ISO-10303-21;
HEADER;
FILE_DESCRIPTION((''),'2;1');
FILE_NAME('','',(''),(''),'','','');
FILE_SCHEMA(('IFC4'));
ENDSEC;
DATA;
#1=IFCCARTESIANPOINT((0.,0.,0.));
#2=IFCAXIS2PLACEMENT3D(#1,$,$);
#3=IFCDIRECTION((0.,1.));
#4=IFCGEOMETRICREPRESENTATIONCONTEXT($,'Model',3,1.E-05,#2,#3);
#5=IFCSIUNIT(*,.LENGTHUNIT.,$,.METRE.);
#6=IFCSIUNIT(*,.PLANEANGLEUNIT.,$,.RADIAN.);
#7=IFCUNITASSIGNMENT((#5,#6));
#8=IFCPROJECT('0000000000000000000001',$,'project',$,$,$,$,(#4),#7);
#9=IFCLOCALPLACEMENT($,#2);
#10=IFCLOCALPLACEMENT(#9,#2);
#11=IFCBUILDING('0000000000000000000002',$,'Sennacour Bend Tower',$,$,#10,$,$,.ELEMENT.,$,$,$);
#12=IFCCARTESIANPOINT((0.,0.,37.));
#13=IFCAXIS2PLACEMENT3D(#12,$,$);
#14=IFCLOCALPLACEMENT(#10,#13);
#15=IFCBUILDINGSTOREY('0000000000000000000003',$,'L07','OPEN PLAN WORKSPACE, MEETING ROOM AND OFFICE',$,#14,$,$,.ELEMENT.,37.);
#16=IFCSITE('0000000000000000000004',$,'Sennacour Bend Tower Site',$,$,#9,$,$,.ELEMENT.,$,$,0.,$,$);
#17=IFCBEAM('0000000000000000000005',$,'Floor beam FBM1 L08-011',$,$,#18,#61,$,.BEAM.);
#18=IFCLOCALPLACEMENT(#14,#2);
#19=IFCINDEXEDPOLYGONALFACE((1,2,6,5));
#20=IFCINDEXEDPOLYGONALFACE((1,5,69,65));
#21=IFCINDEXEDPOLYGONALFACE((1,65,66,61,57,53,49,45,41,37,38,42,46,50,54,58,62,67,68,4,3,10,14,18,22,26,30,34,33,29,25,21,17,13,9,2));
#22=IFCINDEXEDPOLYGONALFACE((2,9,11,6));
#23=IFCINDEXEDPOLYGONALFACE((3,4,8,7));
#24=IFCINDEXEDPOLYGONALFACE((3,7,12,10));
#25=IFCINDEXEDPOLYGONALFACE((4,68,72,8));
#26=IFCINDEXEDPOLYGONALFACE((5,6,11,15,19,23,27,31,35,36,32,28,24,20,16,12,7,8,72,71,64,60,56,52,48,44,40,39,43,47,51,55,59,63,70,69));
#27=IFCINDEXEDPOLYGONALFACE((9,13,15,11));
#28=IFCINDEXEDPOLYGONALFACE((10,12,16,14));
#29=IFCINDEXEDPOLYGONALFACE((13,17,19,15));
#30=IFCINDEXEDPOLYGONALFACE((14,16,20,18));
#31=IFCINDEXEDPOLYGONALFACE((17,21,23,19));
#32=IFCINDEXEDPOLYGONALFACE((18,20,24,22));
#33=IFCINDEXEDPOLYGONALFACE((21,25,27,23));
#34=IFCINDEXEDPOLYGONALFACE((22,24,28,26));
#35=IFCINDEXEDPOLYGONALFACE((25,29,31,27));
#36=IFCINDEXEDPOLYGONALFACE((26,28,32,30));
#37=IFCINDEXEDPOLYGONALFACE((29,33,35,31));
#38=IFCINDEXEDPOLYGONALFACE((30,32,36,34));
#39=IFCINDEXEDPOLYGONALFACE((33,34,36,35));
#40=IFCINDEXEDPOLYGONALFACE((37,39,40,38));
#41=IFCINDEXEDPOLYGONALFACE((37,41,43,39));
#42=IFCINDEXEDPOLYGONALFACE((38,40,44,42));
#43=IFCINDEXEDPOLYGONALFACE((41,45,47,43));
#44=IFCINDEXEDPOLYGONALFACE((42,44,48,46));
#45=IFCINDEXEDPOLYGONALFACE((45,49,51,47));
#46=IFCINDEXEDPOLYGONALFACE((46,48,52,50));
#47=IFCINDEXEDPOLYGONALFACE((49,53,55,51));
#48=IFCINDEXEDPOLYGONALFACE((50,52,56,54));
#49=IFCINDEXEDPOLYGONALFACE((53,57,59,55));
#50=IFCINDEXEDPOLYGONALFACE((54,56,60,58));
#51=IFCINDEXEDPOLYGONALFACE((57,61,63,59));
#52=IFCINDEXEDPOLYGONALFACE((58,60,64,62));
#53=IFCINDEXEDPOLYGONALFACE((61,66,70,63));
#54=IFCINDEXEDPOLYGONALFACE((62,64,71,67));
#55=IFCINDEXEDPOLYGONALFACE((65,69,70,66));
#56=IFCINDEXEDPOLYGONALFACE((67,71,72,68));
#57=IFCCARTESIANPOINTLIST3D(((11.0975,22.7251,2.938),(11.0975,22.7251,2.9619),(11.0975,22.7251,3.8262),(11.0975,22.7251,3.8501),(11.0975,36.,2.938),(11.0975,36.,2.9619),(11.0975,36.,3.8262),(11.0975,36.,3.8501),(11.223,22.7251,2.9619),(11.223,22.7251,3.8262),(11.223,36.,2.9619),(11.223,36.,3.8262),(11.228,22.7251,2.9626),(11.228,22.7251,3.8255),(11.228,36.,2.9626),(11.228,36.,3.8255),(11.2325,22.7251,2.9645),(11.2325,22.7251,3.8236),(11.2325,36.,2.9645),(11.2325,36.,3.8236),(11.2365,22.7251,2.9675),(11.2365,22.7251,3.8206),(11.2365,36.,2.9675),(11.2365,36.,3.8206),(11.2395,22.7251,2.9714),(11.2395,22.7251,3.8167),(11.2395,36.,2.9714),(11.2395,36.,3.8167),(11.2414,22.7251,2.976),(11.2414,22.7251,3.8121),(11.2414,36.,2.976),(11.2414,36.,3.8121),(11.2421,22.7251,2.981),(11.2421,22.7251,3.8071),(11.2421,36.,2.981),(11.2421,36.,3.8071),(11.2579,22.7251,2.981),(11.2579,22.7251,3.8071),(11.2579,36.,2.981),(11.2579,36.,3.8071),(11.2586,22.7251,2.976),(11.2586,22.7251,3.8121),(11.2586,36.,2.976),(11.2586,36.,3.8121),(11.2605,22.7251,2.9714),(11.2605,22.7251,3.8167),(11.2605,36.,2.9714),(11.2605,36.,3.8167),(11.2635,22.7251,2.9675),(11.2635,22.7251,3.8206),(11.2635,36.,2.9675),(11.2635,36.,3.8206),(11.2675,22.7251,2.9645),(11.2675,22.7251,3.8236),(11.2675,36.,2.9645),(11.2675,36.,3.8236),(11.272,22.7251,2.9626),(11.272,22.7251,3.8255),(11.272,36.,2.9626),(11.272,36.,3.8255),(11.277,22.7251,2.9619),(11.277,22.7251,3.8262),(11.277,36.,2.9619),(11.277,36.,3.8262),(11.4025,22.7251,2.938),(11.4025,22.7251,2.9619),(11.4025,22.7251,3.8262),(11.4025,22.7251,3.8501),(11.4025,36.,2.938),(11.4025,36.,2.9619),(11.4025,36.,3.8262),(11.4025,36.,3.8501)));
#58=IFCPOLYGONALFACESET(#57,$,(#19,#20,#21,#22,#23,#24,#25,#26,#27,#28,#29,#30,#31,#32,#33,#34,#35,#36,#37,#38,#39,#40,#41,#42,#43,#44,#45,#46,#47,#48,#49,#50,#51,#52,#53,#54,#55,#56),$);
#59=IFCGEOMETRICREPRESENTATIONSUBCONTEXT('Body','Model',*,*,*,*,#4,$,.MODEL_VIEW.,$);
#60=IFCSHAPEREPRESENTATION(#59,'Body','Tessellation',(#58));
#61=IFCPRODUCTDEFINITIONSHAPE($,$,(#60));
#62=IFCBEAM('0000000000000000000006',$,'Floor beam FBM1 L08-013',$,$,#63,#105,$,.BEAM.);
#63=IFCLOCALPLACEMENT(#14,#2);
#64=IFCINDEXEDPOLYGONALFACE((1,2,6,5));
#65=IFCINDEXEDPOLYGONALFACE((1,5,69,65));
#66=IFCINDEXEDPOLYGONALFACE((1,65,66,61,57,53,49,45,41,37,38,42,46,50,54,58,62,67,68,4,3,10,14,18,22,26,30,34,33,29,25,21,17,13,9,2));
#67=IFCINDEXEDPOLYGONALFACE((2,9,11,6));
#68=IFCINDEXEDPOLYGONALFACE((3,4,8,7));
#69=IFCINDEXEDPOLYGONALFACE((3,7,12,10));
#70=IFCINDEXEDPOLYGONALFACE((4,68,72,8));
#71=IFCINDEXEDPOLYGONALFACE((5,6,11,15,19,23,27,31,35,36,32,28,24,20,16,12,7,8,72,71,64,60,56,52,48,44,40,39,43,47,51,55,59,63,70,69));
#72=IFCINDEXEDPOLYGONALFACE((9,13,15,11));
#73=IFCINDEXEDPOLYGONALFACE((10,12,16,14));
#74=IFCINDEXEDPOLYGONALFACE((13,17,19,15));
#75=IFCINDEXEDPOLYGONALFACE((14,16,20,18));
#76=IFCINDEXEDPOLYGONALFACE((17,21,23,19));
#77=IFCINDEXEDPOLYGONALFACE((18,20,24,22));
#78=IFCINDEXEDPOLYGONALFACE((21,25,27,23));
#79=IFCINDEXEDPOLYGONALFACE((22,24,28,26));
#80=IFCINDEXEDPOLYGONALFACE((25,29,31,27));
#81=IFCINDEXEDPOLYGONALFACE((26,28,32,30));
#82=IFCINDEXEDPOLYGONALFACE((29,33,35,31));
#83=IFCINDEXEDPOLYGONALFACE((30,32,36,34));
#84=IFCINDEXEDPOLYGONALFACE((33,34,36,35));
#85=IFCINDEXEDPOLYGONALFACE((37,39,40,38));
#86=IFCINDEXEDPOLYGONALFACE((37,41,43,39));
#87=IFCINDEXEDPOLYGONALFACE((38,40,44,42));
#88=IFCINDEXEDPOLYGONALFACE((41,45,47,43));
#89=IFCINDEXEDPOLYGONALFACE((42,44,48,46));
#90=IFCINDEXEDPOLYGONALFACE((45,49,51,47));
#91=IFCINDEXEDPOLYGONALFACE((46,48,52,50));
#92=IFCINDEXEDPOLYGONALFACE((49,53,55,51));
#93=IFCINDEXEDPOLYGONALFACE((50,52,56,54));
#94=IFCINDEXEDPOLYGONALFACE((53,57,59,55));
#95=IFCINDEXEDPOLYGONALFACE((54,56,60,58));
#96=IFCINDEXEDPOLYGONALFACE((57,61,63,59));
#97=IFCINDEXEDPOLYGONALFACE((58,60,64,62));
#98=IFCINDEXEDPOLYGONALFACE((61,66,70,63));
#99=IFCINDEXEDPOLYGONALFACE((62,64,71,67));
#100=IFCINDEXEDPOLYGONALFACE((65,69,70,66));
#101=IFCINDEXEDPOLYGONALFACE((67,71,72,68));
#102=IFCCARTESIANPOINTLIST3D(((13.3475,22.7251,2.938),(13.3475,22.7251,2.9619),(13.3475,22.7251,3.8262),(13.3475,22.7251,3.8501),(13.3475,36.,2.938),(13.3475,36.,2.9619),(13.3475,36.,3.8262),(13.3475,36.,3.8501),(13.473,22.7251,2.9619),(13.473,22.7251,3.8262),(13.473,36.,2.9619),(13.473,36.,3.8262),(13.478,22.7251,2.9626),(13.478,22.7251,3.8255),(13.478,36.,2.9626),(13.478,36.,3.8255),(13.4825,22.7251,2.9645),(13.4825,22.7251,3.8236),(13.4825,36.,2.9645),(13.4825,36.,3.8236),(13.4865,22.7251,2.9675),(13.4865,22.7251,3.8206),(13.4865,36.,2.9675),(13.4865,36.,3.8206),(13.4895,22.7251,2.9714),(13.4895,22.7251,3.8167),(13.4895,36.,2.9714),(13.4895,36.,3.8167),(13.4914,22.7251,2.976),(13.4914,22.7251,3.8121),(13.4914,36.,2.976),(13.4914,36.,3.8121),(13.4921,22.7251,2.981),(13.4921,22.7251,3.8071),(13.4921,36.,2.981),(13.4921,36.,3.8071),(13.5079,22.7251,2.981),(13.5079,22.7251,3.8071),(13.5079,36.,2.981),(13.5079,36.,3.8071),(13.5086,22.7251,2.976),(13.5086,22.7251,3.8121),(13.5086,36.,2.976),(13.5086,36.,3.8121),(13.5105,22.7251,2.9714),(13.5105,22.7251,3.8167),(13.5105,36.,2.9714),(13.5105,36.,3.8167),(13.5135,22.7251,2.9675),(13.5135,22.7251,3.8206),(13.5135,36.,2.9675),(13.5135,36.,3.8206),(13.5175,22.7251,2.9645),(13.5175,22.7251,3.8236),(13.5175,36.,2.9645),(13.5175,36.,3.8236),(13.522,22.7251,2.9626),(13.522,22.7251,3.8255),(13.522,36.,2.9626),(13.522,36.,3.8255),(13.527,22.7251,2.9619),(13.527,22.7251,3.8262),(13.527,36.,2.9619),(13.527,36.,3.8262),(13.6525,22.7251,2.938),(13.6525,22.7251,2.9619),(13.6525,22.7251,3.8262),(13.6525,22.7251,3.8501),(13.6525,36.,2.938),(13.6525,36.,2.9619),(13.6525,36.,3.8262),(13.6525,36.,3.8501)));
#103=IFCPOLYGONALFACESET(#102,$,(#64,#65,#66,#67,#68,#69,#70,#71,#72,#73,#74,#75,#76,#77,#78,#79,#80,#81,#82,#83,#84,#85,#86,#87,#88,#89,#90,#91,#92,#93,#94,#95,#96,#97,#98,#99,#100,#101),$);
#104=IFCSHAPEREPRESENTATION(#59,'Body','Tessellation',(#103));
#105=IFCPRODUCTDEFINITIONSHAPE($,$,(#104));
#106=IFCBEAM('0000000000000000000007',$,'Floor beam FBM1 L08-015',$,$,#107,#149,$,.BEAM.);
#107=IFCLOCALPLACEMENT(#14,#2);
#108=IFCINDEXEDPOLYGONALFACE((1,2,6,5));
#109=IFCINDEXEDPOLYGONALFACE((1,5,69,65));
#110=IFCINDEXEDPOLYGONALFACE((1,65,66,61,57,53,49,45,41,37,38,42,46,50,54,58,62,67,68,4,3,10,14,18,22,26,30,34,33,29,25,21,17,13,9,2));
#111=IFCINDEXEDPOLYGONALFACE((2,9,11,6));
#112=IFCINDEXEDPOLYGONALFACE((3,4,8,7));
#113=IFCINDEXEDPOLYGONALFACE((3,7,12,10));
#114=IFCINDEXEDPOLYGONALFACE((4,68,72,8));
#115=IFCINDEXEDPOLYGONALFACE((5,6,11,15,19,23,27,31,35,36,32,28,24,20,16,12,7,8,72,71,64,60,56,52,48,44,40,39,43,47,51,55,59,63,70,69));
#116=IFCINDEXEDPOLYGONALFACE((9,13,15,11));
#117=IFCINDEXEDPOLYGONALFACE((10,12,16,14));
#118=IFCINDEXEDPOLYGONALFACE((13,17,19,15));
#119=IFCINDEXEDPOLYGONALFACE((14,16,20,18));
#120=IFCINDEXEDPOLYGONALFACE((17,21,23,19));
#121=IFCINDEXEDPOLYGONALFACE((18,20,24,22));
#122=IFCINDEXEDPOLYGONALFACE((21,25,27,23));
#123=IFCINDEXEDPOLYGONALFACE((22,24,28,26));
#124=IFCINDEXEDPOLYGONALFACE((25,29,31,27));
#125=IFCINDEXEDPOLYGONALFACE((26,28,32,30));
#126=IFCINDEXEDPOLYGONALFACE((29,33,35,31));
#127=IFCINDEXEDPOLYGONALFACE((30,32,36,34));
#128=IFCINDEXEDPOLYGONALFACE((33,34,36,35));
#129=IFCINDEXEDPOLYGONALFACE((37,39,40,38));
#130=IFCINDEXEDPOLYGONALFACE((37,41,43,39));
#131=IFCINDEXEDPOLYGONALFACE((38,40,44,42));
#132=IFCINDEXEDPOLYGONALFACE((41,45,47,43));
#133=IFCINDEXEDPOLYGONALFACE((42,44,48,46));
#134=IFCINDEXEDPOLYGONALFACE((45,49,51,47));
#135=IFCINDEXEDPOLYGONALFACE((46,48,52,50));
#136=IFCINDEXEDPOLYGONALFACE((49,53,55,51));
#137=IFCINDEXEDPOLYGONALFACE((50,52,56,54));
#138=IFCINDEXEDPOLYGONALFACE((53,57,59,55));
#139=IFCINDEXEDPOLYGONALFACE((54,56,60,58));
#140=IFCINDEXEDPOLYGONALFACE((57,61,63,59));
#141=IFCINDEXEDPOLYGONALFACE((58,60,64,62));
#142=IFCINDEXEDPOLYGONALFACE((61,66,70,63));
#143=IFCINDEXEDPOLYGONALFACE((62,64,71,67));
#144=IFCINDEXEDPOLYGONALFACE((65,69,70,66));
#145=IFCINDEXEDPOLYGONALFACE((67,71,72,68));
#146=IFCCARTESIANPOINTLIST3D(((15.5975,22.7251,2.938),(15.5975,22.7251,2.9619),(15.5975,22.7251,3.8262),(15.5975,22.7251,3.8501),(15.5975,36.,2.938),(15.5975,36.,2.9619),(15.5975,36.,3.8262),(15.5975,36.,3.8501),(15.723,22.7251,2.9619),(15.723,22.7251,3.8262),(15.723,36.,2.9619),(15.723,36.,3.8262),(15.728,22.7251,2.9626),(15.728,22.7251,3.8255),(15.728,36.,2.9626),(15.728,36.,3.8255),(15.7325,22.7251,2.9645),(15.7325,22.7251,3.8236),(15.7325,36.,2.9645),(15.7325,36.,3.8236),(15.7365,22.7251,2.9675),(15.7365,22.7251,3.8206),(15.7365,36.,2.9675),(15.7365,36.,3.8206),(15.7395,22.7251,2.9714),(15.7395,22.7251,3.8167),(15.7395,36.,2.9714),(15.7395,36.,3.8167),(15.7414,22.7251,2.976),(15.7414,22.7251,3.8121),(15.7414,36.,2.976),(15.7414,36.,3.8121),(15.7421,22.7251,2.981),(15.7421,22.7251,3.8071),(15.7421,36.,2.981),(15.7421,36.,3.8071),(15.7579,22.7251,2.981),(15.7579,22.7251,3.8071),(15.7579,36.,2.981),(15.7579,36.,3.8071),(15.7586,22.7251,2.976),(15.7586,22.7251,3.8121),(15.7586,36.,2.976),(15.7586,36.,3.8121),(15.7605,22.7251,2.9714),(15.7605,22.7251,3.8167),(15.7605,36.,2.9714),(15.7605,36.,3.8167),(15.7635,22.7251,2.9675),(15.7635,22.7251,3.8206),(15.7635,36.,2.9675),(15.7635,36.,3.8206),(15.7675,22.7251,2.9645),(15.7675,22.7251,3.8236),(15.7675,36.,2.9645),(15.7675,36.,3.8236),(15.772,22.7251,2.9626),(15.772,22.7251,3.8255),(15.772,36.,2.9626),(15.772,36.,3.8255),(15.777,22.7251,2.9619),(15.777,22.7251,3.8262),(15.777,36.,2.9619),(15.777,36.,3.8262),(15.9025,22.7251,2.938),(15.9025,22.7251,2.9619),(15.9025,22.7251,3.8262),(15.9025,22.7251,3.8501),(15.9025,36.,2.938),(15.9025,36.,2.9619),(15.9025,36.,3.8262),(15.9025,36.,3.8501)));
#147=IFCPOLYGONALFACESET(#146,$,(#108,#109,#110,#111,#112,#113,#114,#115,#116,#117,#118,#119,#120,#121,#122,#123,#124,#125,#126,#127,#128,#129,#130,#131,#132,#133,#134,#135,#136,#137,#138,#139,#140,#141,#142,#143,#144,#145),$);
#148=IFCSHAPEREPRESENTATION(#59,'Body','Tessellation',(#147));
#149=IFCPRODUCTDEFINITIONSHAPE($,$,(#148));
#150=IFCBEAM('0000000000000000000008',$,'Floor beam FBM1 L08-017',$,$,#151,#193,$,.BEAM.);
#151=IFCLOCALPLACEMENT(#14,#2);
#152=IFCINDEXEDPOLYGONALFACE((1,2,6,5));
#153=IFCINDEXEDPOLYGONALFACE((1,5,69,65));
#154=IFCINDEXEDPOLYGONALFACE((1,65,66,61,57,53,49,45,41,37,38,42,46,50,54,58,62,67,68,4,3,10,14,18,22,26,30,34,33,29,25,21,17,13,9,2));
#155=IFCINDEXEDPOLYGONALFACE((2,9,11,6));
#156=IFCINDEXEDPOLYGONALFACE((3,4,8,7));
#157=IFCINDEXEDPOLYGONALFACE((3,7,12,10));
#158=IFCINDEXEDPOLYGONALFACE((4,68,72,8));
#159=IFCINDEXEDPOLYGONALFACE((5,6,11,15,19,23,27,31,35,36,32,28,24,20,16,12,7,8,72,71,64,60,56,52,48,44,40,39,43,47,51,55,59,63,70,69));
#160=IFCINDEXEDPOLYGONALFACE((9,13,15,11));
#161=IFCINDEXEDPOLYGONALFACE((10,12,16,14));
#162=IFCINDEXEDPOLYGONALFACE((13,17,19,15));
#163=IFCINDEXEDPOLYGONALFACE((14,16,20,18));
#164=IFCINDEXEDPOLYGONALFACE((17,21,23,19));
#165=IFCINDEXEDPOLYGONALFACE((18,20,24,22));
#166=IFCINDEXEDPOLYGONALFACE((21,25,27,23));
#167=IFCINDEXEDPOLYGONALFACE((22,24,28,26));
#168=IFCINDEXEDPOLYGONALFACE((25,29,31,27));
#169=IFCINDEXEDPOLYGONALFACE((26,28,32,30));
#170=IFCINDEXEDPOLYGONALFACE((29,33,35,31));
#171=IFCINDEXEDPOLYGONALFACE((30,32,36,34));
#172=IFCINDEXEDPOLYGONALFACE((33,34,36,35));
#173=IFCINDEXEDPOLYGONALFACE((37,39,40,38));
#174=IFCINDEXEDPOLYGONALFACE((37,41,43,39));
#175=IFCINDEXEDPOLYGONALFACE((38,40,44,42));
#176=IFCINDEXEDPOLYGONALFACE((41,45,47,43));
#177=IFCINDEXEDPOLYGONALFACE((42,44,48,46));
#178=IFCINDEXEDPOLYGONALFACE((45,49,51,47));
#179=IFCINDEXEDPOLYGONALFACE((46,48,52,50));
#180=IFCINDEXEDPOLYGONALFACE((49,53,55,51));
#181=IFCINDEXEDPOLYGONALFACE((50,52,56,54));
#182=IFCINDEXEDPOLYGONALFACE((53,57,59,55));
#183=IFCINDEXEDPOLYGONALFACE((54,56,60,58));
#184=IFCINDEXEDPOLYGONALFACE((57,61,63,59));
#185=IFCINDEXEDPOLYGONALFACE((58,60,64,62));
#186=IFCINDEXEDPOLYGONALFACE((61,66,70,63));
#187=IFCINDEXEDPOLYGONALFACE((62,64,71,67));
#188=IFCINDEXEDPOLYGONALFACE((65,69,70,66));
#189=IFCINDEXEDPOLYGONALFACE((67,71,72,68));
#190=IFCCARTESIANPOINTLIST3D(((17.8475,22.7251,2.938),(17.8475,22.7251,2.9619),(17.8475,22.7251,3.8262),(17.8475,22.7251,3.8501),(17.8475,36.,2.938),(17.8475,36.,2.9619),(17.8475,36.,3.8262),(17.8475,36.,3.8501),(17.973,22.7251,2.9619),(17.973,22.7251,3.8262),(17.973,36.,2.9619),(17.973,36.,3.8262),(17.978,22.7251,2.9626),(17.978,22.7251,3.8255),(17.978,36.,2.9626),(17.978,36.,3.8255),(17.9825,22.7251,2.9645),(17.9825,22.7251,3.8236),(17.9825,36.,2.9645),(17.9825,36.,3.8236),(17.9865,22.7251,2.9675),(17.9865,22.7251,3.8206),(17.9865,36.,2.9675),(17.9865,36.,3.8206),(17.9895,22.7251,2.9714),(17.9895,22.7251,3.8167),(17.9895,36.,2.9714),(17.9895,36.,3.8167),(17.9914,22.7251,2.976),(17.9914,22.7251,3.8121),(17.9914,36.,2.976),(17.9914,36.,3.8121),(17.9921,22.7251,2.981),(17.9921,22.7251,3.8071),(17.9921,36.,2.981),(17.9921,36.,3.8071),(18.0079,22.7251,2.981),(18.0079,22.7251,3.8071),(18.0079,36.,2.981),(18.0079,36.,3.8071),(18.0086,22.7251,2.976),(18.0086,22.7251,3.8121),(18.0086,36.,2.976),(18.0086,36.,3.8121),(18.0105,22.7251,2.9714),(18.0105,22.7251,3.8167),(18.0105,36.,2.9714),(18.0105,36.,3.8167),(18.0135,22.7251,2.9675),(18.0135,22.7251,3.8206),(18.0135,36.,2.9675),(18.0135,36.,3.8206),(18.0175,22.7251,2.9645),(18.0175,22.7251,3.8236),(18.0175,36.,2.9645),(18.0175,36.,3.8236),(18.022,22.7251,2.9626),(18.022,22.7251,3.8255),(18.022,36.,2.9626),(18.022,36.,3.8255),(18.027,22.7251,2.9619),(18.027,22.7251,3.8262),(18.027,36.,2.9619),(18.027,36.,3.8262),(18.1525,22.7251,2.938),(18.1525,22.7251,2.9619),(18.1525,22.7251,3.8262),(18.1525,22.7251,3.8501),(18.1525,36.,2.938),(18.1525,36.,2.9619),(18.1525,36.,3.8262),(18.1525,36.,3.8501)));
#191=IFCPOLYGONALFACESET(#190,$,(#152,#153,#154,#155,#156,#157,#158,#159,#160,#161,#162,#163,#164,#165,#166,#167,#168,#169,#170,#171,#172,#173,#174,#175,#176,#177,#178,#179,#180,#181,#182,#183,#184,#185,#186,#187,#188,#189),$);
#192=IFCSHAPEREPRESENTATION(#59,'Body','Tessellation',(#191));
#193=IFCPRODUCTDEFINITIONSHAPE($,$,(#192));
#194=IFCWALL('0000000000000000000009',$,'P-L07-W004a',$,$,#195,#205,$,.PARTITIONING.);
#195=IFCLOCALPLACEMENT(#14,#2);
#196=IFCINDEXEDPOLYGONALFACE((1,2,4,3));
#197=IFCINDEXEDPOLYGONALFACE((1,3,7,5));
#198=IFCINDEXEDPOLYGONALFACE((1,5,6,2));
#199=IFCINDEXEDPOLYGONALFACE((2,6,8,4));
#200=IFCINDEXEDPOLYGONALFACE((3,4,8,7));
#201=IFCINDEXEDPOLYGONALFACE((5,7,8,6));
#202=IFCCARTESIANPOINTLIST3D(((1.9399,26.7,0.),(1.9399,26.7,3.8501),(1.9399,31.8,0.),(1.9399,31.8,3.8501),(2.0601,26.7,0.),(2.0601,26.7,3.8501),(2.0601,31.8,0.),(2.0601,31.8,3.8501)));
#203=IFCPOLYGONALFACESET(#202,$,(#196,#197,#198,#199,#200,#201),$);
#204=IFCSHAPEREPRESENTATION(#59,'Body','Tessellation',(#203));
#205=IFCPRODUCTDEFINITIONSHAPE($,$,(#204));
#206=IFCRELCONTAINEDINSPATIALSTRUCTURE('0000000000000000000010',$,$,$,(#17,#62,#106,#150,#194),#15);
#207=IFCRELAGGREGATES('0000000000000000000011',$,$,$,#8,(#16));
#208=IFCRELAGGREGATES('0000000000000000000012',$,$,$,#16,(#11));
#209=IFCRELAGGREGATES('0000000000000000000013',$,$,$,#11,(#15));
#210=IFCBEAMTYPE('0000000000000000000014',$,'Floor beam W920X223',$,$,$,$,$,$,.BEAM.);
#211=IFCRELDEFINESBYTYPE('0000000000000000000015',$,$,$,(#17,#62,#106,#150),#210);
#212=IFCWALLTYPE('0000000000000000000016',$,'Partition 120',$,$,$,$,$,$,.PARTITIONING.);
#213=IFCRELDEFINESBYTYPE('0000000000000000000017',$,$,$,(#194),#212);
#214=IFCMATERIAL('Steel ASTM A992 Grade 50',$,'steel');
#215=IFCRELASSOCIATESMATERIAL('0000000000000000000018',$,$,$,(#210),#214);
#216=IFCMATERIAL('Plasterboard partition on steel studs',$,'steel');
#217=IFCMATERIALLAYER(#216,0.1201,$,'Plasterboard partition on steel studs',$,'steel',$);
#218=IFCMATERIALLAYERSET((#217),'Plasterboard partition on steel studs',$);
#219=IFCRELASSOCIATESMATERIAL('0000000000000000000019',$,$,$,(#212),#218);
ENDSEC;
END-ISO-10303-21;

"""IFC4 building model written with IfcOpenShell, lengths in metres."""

from ifc_helpers import new_model, si_unit, direction, frame, frame_2d, origin, origin_2d, place, context, subcontext, project, spatial, rectangle, i_section, extrude, material, layer, layer_set, material_profile, profile_set, type_object, element, save


model = new_model("IFC4")

# Units and contexts
model_context = context("Model", 3, precision=1e-05, world=origin(), true_north=direction((0.0, 1.0)))
body_context = subcontext(model_context, "Body", "Model", "MODEL_VIEW")
ifc_project = project(units=[si_unit("LENGTHUNIT", "METRE"), si_unit("PLANEANGLEUNIT", "RADIAN")], contexts=[model_context])

# Site, building, storey
site_placement = place(None, origin())
site = spatial("IfcSite", under=ifc_project, at=site_placement, Name="Sennacour Bend Tower Site", CompositionType="ELEMENT", RefElevation=0.0)
building_placement = place(site_placement, origin())
building = spatial("IfcBuilding", under=site, at=building_placement, Name="Sennacour Bend Tower", CompositionType="ELEMENT")
storey_placement = place(building_placement, frame((0.0, 0.0, 37.0)))
storey = spatial("IfcBuildingStorey", under=building, at=storey_placement, Name="L07", Description="OPEN PLAN WORKSPACE, MEETING ROOM AND OFFICE", CompositionType="ELEMENT", Elevation=37.0)

# Beams
ifc_material_1 = material(Name="Steel ASTM A992 Grade 50", Category="steel")
ifc_material_profile = material_profile(ifc_material_1, i_section(OverallWidth=0.3049, OverallDepth=0.9121, WebThickness=0.0159, FlangeThickness=0.0239, FilletRadius=0.019, at=origin_2d()), Name="Steel ASTM A992 Grade 50", Category="steel")
ifc_profile_set = profile_set([ifc_material_profile], Name="Steel ASTM A992 Grade 50")
beam_type = type_object("IfcBeamType", Name="Floor beam W920X223", PredefinedType="BEAM", material=ifc_profile_set)
for number, where, z_axis, x_axis, name in (
    (1, (11.25, 22.7251, 3.394), (0.0, 1.0, 0.0), (-1.0, 0.0, 0.0), "Floor beam FBM1 L08-011"),
    (2, (13.5, 22.7251, 3.394), (0.0, 1.0, 0.0), (-1.0, 0.0, 0.0), "Floor beam FBM1 L08-013"),
    (3, (15.75, 22.7251, 3.394), (0.0, 1.0, 0.0), (-1.0, 0.0, 0.0), "Floor beam FBM1 L08-015"),
    (4, (18.0, 22.7251, 3.394), (0.0, 1.0, 0.0), (-1.0, 0.0, 0.0), "Floor beam FBM1 L08-017"),
):
    element("IfcBeam", number, at=place(storey_placement, frame(where, z_axis=z_axis, x_axis=x_axis)), inside=storey, type_object=beam_type, Name=name, PredefinedType="BEAM", context=body_context, shape_type="SweptSolid", body=[
        extrude(i_section(OverallWidth=0.3049, OverallDepth=0.9121, WebThickness=0.0159, FlangeThickness=0.0239, FilletRadius=0.019, at=origin_2d()), origin(), (0.0, 0.0, 1.0), 13.2749),
    ])

# Wall
ifc_material_2 = material(Name="Plasterboard partition on steel studs", Category="steel")
ifc_layer_1 = layer(ifc_material_2, 0.1201, Name="Plasterboard partition on steel studs", Category="steel")
ifc_layer_set_1 = layer_set([ifc_layer_1], Name="Plasterboard partition on steel studs")
wall_type_1 = type_object("IfcWallType", Name="Partition 120", PredefinedType="PARTITIONING", material=ifc_layer_set_1)
for number, where, z_axis, x_axis, name in (
    (5, (2.0, 26.7, 0.0), (0.0, 0.0, 1.0), (0.0, 1.0, 0.0), "P-L07-W004a"),
):
    element("IfcWall", number, at=place(storey_placement, frame(where, z_axis=z_axis, x_axis=x_axis)), inside=storey, type_object=wall_type_1, Name=name, PredefinedType="PARTITIONING", context=body_context, shape_type="SweptSolid", body=[
        extrude(rectangle(XDim=5.1001, YDim=0.1201, at=frame_2d((2.55, 0.0))), origin(), (0.0, 0.0, 1.0), 3.8501),
    ])

save(model, "model.ifc")
